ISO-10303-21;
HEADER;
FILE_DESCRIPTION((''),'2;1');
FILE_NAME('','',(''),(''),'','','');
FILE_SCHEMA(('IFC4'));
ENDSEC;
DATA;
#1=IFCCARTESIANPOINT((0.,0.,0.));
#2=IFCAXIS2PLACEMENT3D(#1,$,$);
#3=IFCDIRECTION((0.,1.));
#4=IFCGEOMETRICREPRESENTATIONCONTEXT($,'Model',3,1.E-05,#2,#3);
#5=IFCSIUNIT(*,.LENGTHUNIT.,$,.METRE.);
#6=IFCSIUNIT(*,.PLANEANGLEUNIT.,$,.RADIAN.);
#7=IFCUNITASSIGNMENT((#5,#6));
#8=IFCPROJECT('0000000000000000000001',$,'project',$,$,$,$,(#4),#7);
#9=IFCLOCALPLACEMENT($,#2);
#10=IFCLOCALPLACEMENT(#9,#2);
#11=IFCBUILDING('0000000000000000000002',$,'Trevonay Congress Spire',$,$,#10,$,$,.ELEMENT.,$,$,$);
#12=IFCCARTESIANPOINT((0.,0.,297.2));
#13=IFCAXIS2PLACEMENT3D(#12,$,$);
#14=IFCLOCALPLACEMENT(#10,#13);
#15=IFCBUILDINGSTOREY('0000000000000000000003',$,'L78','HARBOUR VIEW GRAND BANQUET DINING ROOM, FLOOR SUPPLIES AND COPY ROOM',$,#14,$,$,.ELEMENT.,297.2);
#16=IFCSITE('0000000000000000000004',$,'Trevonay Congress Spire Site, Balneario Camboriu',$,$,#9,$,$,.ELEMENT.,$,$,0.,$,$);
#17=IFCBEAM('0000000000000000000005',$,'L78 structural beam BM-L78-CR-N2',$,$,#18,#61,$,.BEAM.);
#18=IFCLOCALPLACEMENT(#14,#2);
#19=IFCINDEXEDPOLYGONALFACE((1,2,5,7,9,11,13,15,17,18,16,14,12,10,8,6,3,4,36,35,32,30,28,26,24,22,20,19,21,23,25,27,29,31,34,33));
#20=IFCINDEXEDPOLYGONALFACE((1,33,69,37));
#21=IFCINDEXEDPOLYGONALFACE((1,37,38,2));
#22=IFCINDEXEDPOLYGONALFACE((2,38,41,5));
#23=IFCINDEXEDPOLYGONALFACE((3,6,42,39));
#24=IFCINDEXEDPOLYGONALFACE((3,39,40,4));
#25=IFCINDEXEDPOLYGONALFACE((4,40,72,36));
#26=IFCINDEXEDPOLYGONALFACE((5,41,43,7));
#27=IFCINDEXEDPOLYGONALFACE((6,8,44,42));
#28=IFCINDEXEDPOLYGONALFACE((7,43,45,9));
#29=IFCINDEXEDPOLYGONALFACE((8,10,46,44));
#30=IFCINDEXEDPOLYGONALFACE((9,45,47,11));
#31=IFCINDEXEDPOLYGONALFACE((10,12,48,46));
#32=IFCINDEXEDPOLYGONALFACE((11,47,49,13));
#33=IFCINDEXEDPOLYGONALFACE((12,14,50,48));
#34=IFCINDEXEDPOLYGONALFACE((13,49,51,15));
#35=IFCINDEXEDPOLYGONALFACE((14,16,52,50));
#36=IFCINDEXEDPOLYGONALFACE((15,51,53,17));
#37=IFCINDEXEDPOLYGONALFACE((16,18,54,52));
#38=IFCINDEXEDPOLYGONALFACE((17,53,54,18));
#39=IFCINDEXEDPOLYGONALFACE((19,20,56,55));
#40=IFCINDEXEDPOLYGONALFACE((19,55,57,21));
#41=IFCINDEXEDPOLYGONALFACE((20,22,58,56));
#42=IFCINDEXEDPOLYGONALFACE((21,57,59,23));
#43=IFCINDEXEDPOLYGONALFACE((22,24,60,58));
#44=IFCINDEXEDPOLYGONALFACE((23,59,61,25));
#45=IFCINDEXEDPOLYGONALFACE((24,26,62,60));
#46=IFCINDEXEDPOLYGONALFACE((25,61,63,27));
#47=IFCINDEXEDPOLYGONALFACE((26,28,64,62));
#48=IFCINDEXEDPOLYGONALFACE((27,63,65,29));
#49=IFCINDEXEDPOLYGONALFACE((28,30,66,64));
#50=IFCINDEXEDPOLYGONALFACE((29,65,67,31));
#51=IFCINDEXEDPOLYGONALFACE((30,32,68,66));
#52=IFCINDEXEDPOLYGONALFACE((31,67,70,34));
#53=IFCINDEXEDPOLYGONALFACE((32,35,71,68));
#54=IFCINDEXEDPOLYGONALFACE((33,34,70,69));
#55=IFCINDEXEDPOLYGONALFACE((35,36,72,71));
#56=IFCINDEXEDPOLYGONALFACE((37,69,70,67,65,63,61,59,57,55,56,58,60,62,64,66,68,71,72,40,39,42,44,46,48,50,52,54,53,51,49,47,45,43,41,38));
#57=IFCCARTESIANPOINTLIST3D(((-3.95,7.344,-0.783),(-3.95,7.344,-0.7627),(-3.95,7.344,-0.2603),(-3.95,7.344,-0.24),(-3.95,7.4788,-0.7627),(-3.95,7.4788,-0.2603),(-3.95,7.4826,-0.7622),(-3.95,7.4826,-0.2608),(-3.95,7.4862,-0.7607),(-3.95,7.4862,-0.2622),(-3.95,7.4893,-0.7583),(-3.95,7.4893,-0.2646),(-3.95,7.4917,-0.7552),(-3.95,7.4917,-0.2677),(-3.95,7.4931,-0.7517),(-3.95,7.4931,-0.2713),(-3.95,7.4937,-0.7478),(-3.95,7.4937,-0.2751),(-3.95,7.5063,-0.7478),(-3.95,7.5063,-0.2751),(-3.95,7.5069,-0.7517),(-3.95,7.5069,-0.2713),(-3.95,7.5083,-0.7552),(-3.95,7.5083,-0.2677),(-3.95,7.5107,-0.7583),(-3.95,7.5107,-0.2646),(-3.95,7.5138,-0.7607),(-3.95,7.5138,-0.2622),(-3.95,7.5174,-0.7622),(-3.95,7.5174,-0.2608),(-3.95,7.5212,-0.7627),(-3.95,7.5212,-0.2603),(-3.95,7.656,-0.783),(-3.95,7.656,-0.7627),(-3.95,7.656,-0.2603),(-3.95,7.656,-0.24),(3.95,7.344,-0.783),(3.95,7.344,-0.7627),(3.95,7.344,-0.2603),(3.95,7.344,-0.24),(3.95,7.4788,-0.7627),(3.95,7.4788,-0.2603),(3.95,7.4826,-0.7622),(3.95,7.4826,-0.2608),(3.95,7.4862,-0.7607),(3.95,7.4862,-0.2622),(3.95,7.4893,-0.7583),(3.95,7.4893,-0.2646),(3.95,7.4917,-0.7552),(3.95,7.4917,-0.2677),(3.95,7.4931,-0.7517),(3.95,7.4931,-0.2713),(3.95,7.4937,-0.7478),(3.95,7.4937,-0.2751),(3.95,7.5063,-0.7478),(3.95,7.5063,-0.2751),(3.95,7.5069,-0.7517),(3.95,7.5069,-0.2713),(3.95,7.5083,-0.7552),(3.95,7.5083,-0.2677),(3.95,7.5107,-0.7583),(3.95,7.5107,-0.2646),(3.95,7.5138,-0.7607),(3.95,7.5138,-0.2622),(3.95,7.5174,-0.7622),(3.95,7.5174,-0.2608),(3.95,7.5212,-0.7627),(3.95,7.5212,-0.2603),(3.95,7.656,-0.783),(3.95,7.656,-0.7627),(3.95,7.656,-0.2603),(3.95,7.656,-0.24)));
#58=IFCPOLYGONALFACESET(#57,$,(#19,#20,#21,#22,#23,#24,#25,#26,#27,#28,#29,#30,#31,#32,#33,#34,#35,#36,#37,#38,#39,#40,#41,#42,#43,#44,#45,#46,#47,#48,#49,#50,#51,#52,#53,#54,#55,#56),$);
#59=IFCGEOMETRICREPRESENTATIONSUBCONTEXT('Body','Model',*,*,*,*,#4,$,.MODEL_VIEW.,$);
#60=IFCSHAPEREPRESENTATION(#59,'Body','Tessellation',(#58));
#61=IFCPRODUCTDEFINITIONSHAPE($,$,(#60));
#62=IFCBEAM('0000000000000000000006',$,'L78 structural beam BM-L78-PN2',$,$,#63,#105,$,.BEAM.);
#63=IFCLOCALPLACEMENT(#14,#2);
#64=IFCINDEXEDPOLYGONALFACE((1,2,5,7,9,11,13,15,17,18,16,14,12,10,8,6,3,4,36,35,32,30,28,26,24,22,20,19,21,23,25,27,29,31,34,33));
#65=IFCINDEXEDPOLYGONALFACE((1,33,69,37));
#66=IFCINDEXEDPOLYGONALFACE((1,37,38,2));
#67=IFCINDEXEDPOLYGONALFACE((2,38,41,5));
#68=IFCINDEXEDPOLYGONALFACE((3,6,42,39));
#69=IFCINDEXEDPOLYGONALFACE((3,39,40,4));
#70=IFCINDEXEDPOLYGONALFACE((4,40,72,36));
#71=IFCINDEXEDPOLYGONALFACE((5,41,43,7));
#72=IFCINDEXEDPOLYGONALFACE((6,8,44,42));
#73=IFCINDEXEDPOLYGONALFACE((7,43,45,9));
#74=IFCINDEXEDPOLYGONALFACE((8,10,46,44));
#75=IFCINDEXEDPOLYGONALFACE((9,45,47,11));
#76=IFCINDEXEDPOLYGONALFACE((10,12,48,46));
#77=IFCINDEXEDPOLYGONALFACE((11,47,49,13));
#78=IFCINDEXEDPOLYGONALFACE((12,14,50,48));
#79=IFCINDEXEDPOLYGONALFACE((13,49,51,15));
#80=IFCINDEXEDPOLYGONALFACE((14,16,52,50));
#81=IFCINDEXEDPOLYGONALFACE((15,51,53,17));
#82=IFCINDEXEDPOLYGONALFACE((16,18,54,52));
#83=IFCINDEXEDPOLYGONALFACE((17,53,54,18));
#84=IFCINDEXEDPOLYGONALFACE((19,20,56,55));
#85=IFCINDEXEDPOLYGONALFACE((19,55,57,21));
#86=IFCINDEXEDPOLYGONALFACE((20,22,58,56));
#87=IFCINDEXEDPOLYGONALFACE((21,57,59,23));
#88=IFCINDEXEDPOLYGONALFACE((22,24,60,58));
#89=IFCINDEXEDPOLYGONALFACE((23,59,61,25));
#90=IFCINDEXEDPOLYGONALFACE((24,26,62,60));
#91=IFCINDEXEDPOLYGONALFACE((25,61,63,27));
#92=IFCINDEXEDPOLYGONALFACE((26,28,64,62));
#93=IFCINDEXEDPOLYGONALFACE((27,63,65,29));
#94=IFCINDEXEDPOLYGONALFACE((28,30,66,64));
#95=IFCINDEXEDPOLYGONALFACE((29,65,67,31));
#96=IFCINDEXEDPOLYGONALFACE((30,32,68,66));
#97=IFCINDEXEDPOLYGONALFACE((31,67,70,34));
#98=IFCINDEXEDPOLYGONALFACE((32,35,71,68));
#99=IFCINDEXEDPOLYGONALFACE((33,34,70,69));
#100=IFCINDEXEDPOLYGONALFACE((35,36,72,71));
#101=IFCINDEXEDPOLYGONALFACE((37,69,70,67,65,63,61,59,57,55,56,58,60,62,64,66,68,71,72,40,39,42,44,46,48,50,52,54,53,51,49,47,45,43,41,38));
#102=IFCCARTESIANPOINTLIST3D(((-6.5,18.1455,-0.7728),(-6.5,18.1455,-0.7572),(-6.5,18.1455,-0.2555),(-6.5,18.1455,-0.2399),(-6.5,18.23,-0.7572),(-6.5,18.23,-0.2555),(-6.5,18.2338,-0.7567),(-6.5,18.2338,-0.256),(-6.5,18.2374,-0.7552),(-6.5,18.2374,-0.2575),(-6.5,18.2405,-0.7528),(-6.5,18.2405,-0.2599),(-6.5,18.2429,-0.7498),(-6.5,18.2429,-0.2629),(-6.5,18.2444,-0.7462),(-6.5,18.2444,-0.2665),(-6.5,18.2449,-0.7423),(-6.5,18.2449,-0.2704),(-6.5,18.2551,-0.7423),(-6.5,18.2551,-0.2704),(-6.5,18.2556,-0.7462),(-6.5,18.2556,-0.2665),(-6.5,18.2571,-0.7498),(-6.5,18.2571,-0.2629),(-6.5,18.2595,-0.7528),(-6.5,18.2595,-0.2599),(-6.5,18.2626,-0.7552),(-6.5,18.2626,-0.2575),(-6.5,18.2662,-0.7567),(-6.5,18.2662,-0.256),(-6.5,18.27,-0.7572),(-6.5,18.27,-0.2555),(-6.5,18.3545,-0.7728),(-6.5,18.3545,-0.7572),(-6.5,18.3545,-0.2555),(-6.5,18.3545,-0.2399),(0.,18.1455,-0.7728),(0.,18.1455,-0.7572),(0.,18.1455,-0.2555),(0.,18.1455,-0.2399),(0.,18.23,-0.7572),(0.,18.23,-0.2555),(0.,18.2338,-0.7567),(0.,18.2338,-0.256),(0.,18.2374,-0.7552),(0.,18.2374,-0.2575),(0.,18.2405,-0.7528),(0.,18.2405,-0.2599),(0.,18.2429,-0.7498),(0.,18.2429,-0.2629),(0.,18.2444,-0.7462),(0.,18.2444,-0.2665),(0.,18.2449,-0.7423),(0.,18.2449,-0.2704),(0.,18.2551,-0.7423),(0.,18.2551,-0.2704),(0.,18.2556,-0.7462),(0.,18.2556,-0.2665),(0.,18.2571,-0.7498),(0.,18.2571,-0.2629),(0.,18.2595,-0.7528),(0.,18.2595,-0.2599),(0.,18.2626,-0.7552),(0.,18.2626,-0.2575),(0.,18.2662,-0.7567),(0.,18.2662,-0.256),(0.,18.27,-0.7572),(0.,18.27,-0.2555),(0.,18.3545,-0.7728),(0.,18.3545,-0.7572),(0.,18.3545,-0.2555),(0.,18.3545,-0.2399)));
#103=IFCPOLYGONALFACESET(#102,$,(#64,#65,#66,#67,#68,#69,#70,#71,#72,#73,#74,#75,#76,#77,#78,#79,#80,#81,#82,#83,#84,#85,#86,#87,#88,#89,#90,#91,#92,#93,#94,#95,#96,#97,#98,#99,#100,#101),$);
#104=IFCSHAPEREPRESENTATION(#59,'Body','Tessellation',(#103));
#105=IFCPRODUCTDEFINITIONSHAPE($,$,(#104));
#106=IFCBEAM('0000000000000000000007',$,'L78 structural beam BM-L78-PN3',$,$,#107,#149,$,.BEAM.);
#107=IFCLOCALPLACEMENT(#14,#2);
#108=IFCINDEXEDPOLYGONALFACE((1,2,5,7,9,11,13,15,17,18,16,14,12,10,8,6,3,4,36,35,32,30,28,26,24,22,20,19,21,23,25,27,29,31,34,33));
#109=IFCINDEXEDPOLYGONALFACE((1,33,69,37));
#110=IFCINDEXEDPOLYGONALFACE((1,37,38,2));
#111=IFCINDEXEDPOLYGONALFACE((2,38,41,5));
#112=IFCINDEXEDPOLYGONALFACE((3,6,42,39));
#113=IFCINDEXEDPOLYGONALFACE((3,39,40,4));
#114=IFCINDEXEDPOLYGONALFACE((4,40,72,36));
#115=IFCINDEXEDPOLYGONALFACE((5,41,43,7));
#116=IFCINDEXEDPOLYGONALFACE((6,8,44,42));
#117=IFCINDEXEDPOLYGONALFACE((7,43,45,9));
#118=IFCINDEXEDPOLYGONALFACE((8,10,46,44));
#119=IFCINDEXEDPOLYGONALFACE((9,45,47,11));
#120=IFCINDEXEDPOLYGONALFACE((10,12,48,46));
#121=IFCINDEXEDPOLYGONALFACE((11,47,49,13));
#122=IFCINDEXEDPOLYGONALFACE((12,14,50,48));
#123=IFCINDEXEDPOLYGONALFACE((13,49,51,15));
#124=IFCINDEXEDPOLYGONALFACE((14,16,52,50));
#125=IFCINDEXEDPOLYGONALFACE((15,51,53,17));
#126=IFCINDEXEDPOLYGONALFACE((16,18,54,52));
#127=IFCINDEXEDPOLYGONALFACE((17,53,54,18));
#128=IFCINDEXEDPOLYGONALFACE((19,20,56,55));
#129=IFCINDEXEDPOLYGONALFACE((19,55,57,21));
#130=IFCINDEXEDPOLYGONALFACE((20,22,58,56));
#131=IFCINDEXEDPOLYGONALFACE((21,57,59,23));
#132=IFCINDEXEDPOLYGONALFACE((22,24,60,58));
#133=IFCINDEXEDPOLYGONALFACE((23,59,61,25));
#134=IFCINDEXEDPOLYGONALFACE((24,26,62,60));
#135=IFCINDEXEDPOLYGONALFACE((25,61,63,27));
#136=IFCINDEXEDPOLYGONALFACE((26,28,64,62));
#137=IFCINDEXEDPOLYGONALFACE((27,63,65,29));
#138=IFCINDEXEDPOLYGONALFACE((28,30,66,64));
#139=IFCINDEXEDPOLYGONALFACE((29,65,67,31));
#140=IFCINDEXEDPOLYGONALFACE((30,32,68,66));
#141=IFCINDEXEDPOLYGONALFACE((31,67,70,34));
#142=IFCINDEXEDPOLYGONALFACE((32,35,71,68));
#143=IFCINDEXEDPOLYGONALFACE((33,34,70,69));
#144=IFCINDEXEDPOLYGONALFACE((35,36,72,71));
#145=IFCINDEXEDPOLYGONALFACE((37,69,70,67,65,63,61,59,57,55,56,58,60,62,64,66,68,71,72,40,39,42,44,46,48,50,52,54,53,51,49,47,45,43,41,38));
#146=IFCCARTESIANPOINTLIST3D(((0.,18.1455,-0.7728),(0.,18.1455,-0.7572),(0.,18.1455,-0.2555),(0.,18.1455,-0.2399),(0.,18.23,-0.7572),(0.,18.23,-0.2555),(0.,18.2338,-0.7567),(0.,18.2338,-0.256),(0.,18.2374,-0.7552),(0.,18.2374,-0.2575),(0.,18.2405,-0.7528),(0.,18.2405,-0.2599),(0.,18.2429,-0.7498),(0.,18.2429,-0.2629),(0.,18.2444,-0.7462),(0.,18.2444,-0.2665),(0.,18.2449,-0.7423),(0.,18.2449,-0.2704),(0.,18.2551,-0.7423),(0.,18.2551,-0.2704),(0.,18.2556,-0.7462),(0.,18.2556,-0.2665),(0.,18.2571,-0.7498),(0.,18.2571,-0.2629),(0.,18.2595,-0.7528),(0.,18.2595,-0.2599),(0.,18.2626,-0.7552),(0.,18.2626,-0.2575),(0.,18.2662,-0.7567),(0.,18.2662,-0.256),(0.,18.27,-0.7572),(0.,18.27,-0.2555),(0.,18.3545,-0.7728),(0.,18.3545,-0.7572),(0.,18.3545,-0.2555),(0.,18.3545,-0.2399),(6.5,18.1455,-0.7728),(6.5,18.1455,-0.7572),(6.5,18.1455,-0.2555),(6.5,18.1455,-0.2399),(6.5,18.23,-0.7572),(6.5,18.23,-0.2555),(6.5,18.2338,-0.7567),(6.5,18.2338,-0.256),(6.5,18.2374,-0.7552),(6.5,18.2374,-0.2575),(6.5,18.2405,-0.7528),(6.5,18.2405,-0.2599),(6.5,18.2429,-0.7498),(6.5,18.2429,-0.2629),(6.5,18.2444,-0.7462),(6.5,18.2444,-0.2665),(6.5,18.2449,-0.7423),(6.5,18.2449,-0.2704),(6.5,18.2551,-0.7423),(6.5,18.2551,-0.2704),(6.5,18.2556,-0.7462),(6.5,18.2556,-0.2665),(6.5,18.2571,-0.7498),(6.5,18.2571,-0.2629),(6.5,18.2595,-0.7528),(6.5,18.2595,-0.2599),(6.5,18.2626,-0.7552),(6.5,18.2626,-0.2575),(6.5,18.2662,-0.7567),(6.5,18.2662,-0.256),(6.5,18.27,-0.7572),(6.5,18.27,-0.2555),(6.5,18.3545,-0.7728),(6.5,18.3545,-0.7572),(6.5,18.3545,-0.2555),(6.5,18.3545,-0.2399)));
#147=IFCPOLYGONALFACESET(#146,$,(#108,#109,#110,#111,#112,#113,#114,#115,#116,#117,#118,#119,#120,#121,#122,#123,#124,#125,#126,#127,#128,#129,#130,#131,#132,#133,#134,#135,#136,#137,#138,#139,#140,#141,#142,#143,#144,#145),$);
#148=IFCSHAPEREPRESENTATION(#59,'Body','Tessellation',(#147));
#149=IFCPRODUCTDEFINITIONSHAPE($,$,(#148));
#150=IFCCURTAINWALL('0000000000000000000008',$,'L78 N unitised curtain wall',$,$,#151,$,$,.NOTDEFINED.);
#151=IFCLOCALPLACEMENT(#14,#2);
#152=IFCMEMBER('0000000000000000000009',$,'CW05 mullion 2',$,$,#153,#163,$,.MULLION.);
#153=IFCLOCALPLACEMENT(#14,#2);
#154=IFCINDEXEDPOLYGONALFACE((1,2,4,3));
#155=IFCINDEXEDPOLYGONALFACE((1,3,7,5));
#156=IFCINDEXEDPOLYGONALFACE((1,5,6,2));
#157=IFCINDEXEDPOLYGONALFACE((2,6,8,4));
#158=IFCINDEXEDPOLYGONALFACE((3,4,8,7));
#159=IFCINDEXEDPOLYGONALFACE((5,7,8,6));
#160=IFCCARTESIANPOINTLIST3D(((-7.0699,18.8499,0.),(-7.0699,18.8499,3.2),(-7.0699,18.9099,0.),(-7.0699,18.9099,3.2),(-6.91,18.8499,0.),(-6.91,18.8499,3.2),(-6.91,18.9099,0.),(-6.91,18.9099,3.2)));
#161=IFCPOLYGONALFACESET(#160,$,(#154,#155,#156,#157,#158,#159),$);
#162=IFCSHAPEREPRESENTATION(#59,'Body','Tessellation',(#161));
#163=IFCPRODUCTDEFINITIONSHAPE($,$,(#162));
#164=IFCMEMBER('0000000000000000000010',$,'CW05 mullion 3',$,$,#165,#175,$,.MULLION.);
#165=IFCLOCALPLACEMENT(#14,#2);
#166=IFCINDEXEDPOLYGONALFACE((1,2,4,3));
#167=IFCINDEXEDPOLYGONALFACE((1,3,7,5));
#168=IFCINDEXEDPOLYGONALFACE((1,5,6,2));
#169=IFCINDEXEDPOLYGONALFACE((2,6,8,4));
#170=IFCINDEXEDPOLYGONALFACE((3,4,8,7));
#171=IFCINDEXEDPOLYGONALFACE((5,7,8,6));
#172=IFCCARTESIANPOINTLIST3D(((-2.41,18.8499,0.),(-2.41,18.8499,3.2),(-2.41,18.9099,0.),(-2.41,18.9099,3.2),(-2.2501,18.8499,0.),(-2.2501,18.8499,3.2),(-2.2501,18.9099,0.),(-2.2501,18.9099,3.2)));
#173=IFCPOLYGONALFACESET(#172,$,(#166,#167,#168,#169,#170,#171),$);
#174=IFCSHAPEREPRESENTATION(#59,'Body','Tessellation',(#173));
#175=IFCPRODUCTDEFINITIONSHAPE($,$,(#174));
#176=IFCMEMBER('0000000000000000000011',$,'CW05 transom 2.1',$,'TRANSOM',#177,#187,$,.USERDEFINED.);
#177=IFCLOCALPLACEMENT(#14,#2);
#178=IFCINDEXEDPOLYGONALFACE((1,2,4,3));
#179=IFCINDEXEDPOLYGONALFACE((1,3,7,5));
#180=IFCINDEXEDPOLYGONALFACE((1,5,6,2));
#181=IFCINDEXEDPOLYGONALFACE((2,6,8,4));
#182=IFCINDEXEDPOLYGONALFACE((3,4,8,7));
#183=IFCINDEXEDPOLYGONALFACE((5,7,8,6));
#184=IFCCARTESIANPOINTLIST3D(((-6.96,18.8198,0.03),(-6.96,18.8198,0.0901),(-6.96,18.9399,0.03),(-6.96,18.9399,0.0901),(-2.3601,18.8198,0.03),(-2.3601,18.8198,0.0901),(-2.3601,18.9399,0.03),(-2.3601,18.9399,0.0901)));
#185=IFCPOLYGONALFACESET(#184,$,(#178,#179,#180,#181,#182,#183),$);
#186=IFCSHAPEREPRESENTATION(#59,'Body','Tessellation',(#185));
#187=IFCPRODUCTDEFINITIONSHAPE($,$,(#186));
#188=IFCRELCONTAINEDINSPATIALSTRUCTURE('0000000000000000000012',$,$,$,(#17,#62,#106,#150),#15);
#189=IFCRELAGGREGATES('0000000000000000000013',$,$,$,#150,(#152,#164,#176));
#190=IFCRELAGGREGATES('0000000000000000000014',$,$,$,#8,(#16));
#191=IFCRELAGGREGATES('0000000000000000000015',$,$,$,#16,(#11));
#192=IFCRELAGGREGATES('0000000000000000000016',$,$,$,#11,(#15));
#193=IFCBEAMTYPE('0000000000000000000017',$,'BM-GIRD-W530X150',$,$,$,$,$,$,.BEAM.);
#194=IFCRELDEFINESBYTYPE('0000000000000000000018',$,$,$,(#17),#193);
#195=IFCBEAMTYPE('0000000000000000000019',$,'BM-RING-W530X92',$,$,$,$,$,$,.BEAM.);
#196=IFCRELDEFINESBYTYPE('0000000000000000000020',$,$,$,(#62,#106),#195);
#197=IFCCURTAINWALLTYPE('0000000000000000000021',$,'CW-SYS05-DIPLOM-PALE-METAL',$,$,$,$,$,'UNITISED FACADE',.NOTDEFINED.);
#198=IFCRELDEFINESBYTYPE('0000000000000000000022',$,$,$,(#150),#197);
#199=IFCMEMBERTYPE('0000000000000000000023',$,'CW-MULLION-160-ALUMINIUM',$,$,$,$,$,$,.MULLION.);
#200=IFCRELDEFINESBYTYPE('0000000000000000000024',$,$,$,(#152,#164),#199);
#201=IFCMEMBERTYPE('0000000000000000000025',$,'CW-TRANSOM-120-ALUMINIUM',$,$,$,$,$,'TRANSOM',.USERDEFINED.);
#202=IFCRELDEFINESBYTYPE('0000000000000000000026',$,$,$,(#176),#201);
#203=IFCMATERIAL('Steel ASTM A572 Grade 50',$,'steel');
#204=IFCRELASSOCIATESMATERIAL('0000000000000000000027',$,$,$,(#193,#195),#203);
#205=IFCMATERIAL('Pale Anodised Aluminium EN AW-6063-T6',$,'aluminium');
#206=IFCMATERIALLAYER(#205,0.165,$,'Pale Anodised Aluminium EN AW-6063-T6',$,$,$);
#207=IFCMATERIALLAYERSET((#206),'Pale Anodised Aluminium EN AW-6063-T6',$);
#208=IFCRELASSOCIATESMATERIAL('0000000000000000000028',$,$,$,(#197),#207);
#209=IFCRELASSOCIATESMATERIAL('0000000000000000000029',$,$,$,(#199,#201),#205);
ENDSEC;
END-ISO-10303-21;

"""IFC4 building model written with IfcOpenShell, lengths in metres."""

from ifc_helpers import new_model, si_unit, direction, frame, origin, origin_2d, place, context, subcontext, project, spatial, rectangle, i_section, extrude, material, layer, layer_set, material_profile, profile_set, type_object, element, aggregate, save


model = new_model("IFC4")

# Units and contexts
model_context = context("Model", 3, precision=1e-05, world=origin(), true_north=direction((0.0, 1.0)))
body_context = subcontext(model_context, "Body", "Model", "MODEL_VIEW")
ifc_project = project(units=[si_unit("LENGTHUNIT", "METRE"), si_unit("PLANEANGLEUNIT", "RADIAN")], contexts=[model_context])

# Site, building, storey
site_placement = place(None, origin())
site = spatial("IfcSite", under=ifc_project, at=site_placement, Name="Trevonay Congress Spire Site, Balneario Camboriu", CompositionType="ELEMENT", RefElevation=0.0)
building_placement = place(site_placement, origin())
building = spatial("IfcBuilding", under=site, at=building_placement, Name="Trevonay Congress Spire", CompositionType="ELEMENT")
storey_placement = place(building_placement, frame((0.0, 0.0, 297.2)))
storey = spatial("IfcBuildingStorey", under=building, at=storey_placement, Name="L78", Description="HARBOUR VIEW GRAND BANQUET DINING ROOM, FLOOR SUPPLIES AND COPY ROOM", CompositionType="ELEMENT", Elevation=297.2)

# Shared definitions
ifc_material_1 = material(Name="Steel ASTM A572 Grade 50", Category="steel")

# Beams
ifc_material_profile_1 = material_profile(ifc_material_1, i_section(OverallWidth=0.312, OverallDepth=0.543, WebThickness=0.0127, FlangeThickness=0.0203, FilletRadius=0.0149, at=origin_2d()), Name="W530x150")
ifc_profile_set_1 = profile_set([ifc_material_profile_1], Name="Steel ASTM A572 Grade 50")
beam_type_1 = type_object("IfcBeamType", Name="BM-GIRD-W530X150", PredefinedType="BEAM", material=ifc_profile_set_1)
beam_1_placement = place(storey_placement, frame((-3.95, 7.5, -0.5115), z_axis=(1.0, 0.0, 0.0), x_axis=(0.0, 1.0, 0.0)))
element("IfcBeam", 1, at=beam_1_placement, inside=storey, type_object=beam_type_1, Name="L78 structural beam BM-L78-CR-N2", PredefinedType="BEAM", context=body_context, shape_type="SweptSolid", body=[
    extrude(i_section(OverallWidth=0.312, OverallDepth=0.543, WebThickness=0.0127, FlangeThickness=0.0203, FilletRadius=0.0149, at=origin_2d()), origin(), (0.0, 0.0, 1.0), 7.8999),
])
ifc_material_profile_2 = material_profile(ifc_material_1, i_section(OverallWidth=0.209, OverallDepth=0.533, WebThickness=0.0103, FlangeThickness=0.0156, FilletRadius=0.0149, at=origin_2d()), Name="W530x92")
ifc_profile_set_2 = profile_set([ifc_material_profile_2], Name="Steel ASTM A572 Grade 50")
beam_type_2 = type_object("IfcBeamType", Name="BM-RING-W530X92", PredefinedType="BEAM", material=ifc_profile_set_2)
for number, where, z_axis, x_axis, name in (
    (2, (-6.5, 18.25, -0.5063), (1.0, 0.0, 0.0), (0.0, 1.0, 0.0), "L78 structural beam BM-L78-PN2"),
    (3, (0.0, 18.25, -0.5063), (1.0, 0.0, 0.0), (0.0, 1.0, 0.0), "L78 structural beam BM-L78-PN3"),
):
    element("IfcBeam", number, at=place(storey_placement, frame(where, z_axis=z_axis, x_axis=x_axis)), inside=storey, type_object=beam_type_2, Name=name, PredefinedType="BEAM", context=body_context, shape_type="SweptSolid", body=[
        extrude(i_section(OverallWidth=0.209, OverallDepth=0.533, WebThickness=0.0103, FlangeThickness=0.0156, FilletRadius=0.0149, at=origin_2d()), origin(), (0.0, 0.0, 1.0), 6.5),
    ])

# Curtain wall, members
ifc_material_2 = material(Name="Pale Anodised Aluminium EN AW-6063-T6", Category="aluminium")
ifc_layer_1 = layer(ifc_material_2, 0.165, Name="Pale Anodised Aluminium EN AW-6063-T6")
ifc_layer_set_1 = layer_set([ifc_layer_1], Name="Pale Anodised Aluminium EN AW-6063-T6")
curtain_wall_type = type_object("IfcCurtainWallType", Name="CW-SYS05-DIPLOM-PALE-METAL", ElementType="UNITISED FACADE", PredefinedType="NOTDEFINED", material=ifc_layer_set_1)
curtain_wall_placement = place(storey_placement, origin())
curtain_wall = element("IfcCurtainWall", 4, at=curtain_wall_placement, inside=storey, type_object=curtain_wall_type, Name="L78 N unitised curtain wall", PredefinedType="NOTDEFINED")
ifc_material_profile_3 = material_profile(ifc_material_2, rectangle(XDim=0.0601, YDim=0.1599, at=origin_2d()), Name="CW-MULLION-160-ALUMINIUM")
ifc_profile_set_3 = profile_set([ifc_material_profile_3], Name="Pale Anodised Aluminium EN AW-6063-T6")
member_type_1 = type_object("IfcMemberType", Name="CW-MULLION-160-ALUMINIUM", PredefinedType="MULLION", material=ifc_profile_set_3)
member_1_placement = place(storey_placement, frame((-6.99, 18.8799, 0.0), z_axis=(0.0, 0.0, 1.0), x_axis=(0.0, 1.0, 0.0)))
member_1 = element("IfcMember", 5, at=member_1_placement, type_object=member_type_1, Name="CW05 mullion 2", PredefinedType="MULLION", context=body_context, shape_type="SweptSolid", body=[
    extrude(rectangle(XDim=0.0601, YDim=0.1599, at=origin_2d()), origin(), (0.0, 0.0, 1.0), 3.2),
])
member_2_placement = place(storey_placement, frame((-2.3301, 18.8799, 0.0), z_axis=(0.0, 0.0, 1.0), x_axis=(0.0, 1.0, 0.0)))
member_2 = element("IfcMember", 6, at=member_2_placement, type_object=member_type_1, Name="CW05 mullion 3", PredefinedType="MULLION", context=body_context, shape_type="SweptSolid", body=[
    extrude(rectangle(XDim=0.0601, YDim=0.1599, at=origin_2d()), origin(), (0.0, 0.0, 1.0), 3.2),
])
ifc_material_profile_4 = material_profile(ifc_material_2, rectangle(XDim=0.1201, YDim=0.0601, at=origin_2d()), Name="CW-TRANSOM-120-ALUMINIUM")
ifc_profile_set_4 = profile_set([ifc_material_profile_4], Name="Pale Anodised Aluminium EN AW-6063-T6")
member_type_2 = type_object("IfcMemberType", Name="CW-TRANSOM-120-ALUMINIUM", ElementType="TRANSOM", PredefinedType="USERDEFINED", material=ifc_profile_set_4)
member_3_placement = place(storey_placement, frame((-6.96, 18.8799, 0.0601), z_axis=(1.0, 0.0, 0.0), x_axis=(0.0, 1.0, 0.0)))
member_3 = element("IfcMember", 7, at=member_3_placement, type_object=member_type_2, Name="CW05 transom 2.1", ObjectType="TRANSOM", PredefinedType="USERDEFINED", context=body_context, shape_type="SweptSolid", body=[
    extrude(rectangle(XDim=0.1201, YDim=0.0601, at=origin_2d()), origin(), (0.0, 0.0, 1.0), 4.5999),
])

aggregate(curtain_wall, [member_1, member_2, member_3])

save(model, "model.ifc")
